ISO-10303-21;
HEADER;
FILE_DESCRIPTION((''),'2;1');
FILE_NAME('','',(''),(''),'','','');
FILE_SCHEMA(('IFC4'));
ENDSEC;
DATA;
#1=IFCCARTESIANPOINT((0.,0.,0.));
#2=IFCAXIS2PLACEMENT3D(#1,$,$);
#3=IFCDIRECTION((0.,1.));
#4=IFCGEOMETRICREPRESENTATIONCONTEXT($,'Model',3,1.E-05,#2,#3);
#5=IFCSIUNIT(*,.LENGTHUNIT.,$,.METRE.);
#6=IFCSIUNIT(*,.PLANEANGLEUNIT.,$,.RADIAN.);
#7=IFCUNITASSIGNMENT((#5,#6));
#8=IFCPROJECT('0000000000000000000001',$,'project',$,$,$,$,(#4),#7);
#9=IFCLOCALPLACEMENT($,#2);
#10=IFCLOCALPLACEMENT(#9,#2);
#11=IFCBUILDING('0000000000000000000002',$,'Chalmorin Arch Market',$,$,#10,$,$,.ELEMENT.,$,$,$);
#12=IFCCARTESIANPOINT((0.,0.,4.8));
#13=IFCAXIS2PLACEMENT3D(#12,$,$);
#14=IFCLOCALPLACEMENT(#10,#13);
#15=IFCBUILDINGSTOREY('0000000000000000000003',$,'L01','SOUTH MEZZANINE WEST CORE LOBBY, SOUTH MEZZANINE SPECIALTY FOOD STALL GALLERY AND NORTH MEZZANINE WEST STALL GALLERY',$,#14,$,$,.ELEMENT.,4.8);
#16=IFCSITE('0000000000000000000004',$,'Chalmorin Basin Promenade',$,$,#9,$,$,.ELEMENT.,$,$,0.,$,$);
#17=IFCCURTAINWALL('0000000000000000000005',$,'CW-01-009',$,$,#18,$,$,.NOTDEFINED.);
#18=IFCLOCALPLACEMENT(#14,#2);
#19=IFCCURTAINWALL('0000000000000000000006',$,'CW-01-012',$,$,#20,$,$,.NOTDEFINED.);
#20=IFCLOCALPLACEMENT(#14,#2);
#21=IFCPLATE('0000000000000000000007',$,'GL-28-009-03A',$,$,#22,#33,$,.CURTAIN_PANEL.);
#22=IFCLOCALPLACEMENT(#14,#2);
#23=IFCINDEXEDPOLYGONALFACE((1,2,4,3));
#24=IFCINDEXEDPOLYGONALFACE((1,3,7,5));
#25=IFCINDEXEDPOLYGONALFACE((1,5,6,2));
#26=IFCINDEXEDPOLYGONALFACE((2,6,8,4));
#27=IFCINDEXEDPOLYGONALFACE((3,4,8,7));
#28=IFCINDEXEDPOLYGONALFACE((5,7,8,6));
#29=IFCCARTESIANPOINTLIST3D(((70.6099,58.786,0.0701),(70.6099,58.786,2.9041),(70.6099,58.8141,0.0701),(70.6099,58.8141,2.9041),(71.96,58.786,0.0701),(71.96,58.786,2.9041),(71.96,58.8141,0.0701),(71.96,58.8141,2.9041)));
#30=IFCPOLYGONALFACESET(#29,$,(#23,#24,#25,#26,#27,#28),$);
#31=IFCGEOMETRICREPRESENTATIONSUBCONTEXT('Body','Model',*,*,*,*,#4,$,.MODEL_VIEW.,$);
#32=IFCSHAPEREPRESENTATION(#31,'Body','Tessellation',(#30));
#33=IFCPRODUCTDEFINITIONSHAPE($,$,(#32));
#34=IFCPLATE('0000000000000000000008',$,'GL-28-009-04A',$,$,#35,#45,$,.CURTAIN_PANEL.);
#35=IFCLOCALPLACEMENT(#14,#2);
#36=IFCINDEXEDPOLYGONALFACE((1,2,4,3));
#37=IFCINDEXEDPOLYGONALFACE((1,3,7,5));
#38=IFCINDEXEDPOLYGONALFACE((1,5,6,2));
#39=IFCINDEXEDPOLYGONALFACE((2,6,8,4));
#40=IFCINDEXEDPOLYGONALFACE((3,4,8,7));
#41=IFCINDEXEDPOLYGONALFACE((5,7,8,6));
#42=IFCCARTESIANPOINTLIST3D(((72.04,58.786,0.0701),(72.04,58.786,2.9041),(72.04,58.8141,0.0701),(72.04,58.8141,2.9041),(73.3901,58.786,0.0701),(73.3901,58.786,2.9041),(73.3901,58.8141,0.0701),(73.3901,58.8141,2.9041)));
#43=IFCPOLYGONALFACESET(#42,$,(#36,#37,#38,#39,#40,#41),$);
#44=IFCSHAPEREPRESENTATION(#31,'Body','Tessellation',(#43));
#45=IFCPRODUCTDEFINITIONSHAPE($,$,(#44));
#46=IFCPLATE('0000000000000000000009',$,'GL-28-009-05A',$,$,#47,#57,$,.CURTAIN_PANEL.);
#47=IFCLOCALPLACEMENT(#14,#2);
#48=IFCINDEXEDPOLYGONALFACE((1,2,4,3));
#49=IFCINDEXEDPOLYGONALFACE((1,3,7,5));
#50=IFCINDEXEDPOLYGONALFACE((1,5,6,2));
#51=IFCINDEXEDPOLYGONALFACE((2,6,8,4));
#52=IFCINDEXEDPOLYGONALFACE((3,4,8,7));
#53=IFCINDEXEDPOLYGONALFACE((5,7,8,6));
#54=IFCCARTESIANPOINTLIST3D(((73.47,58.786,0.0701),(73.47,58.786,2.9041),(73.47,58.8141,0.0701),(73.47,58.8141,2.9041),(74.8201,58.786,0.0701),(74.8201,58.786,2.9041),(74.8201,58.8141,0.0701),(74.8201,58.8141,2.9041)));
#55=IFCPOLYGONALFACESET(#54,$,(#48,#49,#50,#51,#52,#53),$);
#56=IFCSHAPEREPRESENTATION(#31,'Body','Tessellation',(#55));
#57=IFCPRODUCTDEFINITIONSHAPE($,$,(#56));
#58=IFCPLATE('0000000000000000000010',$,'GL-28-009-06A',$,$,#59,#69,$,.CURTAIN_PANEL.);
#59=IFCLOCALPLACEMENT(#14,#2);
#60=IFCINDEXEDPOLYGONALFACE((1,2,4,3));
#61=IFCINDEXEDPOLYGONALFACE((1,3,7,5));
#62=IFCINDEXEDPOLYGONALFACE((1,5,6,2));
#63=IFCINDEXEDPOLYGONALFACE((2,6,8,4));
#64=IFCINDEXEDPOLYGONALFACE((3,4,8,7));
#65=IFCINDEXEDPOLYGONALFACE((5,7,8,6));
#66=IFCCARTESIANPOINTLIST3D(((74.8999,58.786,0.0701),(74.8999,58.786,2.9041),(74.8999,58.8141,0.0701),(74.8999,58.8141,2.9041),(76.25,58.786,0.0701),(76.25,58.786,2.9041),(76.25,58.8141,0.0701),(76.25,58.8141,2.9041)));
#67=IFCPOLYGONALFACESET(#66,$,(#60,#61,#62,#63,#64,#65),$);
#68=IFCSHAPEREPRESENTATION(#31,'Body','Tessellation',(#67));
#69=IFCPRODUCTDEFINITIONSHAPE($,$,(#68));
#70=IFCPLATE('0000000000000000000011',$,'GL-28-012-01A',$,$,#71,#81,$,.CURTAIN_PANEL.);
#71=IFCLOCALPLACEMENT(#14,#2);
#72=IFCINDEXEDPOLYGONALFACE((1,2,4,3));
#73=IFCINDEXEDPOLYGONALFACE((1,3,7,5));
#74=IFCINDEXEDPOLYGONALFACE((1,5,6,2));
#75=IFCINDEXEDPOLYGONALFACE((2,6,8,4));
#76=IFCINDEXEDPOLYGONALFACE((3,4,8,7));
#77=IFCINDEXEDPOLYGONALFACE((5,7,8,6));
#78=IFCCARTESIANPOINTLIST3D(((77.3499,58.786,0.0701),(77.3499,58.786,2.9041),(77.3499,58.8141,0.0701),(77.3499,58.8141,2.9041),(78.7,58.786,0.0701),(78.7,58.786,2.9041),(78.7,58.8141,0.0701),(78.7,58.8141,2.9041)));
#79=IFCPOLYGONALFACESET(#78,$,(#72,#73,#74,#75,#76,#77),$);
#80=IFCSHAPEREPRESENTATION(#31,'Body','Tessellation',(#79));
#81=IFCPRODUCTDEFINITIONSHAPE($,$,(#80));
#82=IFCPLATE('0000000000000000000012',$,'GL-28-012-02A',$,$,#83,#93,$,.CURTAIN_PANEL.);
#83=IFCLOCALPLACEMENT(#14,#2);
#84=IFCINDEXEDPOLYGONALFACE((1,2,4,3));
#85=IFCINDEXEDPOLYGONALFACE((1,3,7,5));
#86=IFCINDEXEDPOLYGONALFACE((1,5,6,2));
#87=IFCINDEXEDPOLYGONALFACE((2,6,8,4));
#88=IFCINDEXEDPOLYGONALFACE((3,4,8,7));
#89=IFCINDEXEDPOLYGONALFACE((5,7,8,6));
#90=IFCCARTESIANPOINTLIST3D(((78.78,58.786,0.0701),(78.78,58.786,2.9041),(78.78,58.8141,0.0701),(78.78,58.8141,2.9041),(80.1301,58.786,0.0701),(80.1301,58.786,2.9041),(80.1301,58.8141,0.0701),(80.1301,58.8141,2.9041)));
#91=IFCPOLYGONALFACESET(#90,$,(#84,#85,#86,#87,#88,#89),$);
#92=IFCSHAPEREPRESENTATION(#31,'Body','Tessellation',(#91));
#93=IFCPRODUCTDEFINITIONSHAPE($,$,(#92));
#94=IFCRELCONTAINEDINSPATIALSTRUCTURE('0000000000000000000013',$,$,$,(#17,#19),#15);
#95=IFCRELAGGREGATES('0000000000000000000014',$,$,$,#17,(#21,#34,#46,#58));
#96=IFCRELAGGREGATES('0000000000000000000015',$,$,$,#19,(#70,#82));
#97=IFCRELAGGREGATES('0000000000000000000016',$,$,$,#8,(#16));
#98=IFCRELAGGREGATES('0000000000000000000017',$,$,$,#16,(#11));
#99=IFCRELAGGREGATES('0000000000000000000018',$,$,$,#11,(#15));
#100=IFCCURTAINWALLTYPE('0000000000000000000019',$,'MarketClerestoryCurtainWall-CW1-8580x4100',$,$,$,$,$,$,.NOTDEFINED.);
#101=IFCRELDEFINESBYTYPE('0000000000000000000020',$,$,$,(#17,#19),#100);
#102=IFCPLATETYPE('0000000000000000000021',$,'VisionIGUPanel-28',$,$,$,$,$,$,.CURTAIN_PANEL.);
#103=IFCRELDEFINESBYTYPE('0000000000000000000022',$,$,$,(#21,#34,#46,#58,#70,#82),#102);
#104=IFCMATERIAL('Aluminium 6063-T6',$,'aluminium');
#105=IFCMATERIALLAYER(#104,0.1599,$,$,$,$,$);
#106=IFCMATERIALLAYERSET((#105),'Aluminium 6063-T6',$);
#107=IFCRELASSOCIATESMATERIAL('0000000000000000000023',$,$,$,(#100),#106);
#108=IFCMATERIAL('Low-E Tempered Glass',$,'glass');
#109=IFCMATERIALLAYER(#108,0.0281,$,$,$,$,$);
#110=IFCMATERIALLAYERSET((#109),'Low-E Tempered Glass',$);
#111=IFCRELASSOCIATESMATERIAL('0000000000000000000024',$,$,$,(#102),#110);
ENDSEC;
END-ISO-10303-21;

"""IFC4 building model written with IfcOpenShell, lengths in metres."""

from ifc_helpers import new_model, si_unit, direction, frame, origin, origin_2d, place, context, subcontext, project, spatial, rectangle, extrude, material, layer, layer_set, type_object, element, aggregate, save


model = new_model("IFC4")

# Units and contexts
model_context = context("Model", 3, precision=1e-05, world=origin(), true_north=direction((0.0, 1.0)))
body_context = subcontext(model_context, "Body", "Model", "MODEL_VIEW")
ifc_project = project(units=[si_unit("LENGTHUNIT", "METRE"), si_unit("PLANEANGLEUNIT", "RADIAN")], contexts=[model_context])

# Site, building, storey
site_placement = place(None, origin())
site = spatial("IfcSite", under=ifc_project, at=site_placement, Name="Chalmorin Basin Promenade", CompositionType="ELEMENT", RefElevation=0.0)
building_placement = place(site_placement, origin())
building = spatial("IfcBuilding", under=site, at=building_placement, Name="Chalmorin Arch Market", CompositionType="ELEMENT")
storey_placement = place(building_placement, frame((0.0, 0.0, 4.8)))
storey = spatial("IfcBuildingStorey", under=building, at=storey_placement, Name="L01", Description="SOUTH MEZZANINE WEST CORE LOBBY, SOUTH MEZZANINE SPECIALTY FOOD STALL GALLERY AND NORTH MEZZANINE WEST STALL GALLERY", CompositionType="ELEMENT", Elevation=4.8)

# Curtain walls
ifc_material_1 = material(Name="Aluminium 6063-T6", Category="aluminium")
ifc_layer_1 = layer(ifc_material_1, 0.1599)
ifc_layer_set_1 = layer_set([ifc_layer_1], Name="Aluminium 6063-T6")
curtain_wall_type_1 = type_object("IfcCurtainWallType", Name="MarketClerestoryCurtainWall-CW1-8580x4100", PredefinedType="NOTDEFINED", material=ifc_layer_set_1)
curtain_wall_1_placement = place(storey_placement, origin())
curtain_wall_1 = element("IfcCurtainWall", 1, at=curtain_wall_1_placement, inside=storey, type_object=curtain_wall_type_1, Name="CW-01-009", PredefinedType="NOTDEFINED")
curtain_wall_2_placement = place(storey_placement, origin())
curtain_wall_2 = element("IfcCurtainWall", 2, at=curtain_wall_2_placement, inside=storey, type_object=curtain_wall_type_1, Name="CW-01-012", PredefinedType="NOTDEFINED")

# Plates
ifc_material_2 = material(Name="Low-E Tempered Glass", Category="glass")
ifc_layer_2 = layer(ifc_material_2, 0.0281)
ifc_layer_set_2 = layer_set([ifc_layer_2], Name="Low-E Tempered Glass")
plate_type_1 = type_object("IfcPlateType", Name="VisionIGUPanel-28", PredefinedType="CURTAIN_PANEL", material=ifc_layer_set_2)
plate_1_placement = place(storey_placement, frame((71.2849, 58.8, 0.0701), z_axis=(0.0, 0.0, 1.0), x_axis=(1.0, 0.0, 0.0)))
plate_1 = element("IfcPlate", 3, at=plate_1_placement, type_object=plate_type_1, Name="GL-28-009-03A", PredefinedType="CURTAIN_PANEL", context=body_context, shape_type="SweptSolid", body=[
    extrude(rectangle(XDim=1.3501, YDim=0.0281, at=origin_2d()), origin(), (0.0, 0.0, 1.0), 2.834),
])
plate_2_placement = place(storey_placement, frame((72.7151, 58.8, 0.0701), z_axis=(0.0, 0.0, 1.0), x_axis=(1.0, 0.0, 0.0)))
plate_2 = element("IfcPlate", 4, at=plate_2_placement, type_object=plate_type_1, Name="GL-28-009-04A", PredefinedType="CURTAIN_PANEL", context=body_context, shape_type="SweptSolid", body=[
    extrude(rectangle(XDim=1.3501, YDim=0.0281, at=origin_2d()), origin(), (0.0, 0.0, 1.0), 2.834),
])
plate_3_placement = place(storey_placement, frame((74.145, 58.8, 0.0701), z_axis=(0.0, 0.0, 1.0), x_axis=(1.0, 0.0, 0.0)))
plate_3 = element("IfcPlate", 5, at=plate_3_placement, type_object=plate_type_1, Name="GL-28-009-05A", PredefinedType="CURTAIN_PANEL", context=body_context, shape_type="SweptSolid", body=[
    extrude(rectangle(XDim=1.3501, YDim=0.0281, at=origin_2d()), origin(), (0.0, 0.0, 1.0), 2.834),
])
plate_4_placement = place(storey_placement, frame((75.575, 58.8, 0.0701), z_axis=(0.0, 0.0, 1.0), x_axis=(1.0, 0.0, 0.0)))
plate_4 = element("IfcPlate", 6, at=plate_4_placement, type_object=plate_type_1, Name="GL-28-009-06A", PredefinedType="CURTAIN_PANEL", context=body_context, shape_type="SweptSolid", body=[
    extrude(rectangle(XDim=1.3501, YDim=0.0281, at=origin_2d()), origin(), (0.0, 0.0, 1.0), 2.834),
])
aggregate(curtain_wall_1, [plate_1, plate_2, plate_3, plate_4])
plate_5_placement = place(storey_placement, frame((78.0249, 58.8, 0.0701), z_axis=(0.0, 0.0, 1.0), x_axis=(1.0, 0.0, 0.0)))
plate_5 = element("IfcPlate", 7, at=plate_5_placement, type_object=plate_type_1, Name="GL-28-012-01A", PredefinedType="CURTAIN_PANEL", context=body_context, shape_type="SweptSolid", body=[
    extrude(rectangle(XDim=1.3501, YDim=0.0281, at=origin_2d()), origin(), (0.0, 0.0, 1.0), 2.834),
])
plate_6_placement = place(storey_placement, frame((79.4551, 58.8, 0.0701), z_axis=(0.0, 0.0, 1.0), x_axis=(1.0, 0.0, 0.0)))
plate_6 = element("IfcPlate", 8, at=plate_6_placement, type_object=plate_type_1, Name="GL-28-012-02A", PredefinedType="CURTAIN_PANEL", context=body_context, shape_type="SweptSolid", body=[
    extrude(rectangle(XDim=1.3501, YDim=0.0281, at=origin_2d()), origin(), (0.0, 0.0, 1.0), 2.834),
])
aggregate(curtain_wall_2, [plate_5, plate_6])

save(model, "model.ifc")
